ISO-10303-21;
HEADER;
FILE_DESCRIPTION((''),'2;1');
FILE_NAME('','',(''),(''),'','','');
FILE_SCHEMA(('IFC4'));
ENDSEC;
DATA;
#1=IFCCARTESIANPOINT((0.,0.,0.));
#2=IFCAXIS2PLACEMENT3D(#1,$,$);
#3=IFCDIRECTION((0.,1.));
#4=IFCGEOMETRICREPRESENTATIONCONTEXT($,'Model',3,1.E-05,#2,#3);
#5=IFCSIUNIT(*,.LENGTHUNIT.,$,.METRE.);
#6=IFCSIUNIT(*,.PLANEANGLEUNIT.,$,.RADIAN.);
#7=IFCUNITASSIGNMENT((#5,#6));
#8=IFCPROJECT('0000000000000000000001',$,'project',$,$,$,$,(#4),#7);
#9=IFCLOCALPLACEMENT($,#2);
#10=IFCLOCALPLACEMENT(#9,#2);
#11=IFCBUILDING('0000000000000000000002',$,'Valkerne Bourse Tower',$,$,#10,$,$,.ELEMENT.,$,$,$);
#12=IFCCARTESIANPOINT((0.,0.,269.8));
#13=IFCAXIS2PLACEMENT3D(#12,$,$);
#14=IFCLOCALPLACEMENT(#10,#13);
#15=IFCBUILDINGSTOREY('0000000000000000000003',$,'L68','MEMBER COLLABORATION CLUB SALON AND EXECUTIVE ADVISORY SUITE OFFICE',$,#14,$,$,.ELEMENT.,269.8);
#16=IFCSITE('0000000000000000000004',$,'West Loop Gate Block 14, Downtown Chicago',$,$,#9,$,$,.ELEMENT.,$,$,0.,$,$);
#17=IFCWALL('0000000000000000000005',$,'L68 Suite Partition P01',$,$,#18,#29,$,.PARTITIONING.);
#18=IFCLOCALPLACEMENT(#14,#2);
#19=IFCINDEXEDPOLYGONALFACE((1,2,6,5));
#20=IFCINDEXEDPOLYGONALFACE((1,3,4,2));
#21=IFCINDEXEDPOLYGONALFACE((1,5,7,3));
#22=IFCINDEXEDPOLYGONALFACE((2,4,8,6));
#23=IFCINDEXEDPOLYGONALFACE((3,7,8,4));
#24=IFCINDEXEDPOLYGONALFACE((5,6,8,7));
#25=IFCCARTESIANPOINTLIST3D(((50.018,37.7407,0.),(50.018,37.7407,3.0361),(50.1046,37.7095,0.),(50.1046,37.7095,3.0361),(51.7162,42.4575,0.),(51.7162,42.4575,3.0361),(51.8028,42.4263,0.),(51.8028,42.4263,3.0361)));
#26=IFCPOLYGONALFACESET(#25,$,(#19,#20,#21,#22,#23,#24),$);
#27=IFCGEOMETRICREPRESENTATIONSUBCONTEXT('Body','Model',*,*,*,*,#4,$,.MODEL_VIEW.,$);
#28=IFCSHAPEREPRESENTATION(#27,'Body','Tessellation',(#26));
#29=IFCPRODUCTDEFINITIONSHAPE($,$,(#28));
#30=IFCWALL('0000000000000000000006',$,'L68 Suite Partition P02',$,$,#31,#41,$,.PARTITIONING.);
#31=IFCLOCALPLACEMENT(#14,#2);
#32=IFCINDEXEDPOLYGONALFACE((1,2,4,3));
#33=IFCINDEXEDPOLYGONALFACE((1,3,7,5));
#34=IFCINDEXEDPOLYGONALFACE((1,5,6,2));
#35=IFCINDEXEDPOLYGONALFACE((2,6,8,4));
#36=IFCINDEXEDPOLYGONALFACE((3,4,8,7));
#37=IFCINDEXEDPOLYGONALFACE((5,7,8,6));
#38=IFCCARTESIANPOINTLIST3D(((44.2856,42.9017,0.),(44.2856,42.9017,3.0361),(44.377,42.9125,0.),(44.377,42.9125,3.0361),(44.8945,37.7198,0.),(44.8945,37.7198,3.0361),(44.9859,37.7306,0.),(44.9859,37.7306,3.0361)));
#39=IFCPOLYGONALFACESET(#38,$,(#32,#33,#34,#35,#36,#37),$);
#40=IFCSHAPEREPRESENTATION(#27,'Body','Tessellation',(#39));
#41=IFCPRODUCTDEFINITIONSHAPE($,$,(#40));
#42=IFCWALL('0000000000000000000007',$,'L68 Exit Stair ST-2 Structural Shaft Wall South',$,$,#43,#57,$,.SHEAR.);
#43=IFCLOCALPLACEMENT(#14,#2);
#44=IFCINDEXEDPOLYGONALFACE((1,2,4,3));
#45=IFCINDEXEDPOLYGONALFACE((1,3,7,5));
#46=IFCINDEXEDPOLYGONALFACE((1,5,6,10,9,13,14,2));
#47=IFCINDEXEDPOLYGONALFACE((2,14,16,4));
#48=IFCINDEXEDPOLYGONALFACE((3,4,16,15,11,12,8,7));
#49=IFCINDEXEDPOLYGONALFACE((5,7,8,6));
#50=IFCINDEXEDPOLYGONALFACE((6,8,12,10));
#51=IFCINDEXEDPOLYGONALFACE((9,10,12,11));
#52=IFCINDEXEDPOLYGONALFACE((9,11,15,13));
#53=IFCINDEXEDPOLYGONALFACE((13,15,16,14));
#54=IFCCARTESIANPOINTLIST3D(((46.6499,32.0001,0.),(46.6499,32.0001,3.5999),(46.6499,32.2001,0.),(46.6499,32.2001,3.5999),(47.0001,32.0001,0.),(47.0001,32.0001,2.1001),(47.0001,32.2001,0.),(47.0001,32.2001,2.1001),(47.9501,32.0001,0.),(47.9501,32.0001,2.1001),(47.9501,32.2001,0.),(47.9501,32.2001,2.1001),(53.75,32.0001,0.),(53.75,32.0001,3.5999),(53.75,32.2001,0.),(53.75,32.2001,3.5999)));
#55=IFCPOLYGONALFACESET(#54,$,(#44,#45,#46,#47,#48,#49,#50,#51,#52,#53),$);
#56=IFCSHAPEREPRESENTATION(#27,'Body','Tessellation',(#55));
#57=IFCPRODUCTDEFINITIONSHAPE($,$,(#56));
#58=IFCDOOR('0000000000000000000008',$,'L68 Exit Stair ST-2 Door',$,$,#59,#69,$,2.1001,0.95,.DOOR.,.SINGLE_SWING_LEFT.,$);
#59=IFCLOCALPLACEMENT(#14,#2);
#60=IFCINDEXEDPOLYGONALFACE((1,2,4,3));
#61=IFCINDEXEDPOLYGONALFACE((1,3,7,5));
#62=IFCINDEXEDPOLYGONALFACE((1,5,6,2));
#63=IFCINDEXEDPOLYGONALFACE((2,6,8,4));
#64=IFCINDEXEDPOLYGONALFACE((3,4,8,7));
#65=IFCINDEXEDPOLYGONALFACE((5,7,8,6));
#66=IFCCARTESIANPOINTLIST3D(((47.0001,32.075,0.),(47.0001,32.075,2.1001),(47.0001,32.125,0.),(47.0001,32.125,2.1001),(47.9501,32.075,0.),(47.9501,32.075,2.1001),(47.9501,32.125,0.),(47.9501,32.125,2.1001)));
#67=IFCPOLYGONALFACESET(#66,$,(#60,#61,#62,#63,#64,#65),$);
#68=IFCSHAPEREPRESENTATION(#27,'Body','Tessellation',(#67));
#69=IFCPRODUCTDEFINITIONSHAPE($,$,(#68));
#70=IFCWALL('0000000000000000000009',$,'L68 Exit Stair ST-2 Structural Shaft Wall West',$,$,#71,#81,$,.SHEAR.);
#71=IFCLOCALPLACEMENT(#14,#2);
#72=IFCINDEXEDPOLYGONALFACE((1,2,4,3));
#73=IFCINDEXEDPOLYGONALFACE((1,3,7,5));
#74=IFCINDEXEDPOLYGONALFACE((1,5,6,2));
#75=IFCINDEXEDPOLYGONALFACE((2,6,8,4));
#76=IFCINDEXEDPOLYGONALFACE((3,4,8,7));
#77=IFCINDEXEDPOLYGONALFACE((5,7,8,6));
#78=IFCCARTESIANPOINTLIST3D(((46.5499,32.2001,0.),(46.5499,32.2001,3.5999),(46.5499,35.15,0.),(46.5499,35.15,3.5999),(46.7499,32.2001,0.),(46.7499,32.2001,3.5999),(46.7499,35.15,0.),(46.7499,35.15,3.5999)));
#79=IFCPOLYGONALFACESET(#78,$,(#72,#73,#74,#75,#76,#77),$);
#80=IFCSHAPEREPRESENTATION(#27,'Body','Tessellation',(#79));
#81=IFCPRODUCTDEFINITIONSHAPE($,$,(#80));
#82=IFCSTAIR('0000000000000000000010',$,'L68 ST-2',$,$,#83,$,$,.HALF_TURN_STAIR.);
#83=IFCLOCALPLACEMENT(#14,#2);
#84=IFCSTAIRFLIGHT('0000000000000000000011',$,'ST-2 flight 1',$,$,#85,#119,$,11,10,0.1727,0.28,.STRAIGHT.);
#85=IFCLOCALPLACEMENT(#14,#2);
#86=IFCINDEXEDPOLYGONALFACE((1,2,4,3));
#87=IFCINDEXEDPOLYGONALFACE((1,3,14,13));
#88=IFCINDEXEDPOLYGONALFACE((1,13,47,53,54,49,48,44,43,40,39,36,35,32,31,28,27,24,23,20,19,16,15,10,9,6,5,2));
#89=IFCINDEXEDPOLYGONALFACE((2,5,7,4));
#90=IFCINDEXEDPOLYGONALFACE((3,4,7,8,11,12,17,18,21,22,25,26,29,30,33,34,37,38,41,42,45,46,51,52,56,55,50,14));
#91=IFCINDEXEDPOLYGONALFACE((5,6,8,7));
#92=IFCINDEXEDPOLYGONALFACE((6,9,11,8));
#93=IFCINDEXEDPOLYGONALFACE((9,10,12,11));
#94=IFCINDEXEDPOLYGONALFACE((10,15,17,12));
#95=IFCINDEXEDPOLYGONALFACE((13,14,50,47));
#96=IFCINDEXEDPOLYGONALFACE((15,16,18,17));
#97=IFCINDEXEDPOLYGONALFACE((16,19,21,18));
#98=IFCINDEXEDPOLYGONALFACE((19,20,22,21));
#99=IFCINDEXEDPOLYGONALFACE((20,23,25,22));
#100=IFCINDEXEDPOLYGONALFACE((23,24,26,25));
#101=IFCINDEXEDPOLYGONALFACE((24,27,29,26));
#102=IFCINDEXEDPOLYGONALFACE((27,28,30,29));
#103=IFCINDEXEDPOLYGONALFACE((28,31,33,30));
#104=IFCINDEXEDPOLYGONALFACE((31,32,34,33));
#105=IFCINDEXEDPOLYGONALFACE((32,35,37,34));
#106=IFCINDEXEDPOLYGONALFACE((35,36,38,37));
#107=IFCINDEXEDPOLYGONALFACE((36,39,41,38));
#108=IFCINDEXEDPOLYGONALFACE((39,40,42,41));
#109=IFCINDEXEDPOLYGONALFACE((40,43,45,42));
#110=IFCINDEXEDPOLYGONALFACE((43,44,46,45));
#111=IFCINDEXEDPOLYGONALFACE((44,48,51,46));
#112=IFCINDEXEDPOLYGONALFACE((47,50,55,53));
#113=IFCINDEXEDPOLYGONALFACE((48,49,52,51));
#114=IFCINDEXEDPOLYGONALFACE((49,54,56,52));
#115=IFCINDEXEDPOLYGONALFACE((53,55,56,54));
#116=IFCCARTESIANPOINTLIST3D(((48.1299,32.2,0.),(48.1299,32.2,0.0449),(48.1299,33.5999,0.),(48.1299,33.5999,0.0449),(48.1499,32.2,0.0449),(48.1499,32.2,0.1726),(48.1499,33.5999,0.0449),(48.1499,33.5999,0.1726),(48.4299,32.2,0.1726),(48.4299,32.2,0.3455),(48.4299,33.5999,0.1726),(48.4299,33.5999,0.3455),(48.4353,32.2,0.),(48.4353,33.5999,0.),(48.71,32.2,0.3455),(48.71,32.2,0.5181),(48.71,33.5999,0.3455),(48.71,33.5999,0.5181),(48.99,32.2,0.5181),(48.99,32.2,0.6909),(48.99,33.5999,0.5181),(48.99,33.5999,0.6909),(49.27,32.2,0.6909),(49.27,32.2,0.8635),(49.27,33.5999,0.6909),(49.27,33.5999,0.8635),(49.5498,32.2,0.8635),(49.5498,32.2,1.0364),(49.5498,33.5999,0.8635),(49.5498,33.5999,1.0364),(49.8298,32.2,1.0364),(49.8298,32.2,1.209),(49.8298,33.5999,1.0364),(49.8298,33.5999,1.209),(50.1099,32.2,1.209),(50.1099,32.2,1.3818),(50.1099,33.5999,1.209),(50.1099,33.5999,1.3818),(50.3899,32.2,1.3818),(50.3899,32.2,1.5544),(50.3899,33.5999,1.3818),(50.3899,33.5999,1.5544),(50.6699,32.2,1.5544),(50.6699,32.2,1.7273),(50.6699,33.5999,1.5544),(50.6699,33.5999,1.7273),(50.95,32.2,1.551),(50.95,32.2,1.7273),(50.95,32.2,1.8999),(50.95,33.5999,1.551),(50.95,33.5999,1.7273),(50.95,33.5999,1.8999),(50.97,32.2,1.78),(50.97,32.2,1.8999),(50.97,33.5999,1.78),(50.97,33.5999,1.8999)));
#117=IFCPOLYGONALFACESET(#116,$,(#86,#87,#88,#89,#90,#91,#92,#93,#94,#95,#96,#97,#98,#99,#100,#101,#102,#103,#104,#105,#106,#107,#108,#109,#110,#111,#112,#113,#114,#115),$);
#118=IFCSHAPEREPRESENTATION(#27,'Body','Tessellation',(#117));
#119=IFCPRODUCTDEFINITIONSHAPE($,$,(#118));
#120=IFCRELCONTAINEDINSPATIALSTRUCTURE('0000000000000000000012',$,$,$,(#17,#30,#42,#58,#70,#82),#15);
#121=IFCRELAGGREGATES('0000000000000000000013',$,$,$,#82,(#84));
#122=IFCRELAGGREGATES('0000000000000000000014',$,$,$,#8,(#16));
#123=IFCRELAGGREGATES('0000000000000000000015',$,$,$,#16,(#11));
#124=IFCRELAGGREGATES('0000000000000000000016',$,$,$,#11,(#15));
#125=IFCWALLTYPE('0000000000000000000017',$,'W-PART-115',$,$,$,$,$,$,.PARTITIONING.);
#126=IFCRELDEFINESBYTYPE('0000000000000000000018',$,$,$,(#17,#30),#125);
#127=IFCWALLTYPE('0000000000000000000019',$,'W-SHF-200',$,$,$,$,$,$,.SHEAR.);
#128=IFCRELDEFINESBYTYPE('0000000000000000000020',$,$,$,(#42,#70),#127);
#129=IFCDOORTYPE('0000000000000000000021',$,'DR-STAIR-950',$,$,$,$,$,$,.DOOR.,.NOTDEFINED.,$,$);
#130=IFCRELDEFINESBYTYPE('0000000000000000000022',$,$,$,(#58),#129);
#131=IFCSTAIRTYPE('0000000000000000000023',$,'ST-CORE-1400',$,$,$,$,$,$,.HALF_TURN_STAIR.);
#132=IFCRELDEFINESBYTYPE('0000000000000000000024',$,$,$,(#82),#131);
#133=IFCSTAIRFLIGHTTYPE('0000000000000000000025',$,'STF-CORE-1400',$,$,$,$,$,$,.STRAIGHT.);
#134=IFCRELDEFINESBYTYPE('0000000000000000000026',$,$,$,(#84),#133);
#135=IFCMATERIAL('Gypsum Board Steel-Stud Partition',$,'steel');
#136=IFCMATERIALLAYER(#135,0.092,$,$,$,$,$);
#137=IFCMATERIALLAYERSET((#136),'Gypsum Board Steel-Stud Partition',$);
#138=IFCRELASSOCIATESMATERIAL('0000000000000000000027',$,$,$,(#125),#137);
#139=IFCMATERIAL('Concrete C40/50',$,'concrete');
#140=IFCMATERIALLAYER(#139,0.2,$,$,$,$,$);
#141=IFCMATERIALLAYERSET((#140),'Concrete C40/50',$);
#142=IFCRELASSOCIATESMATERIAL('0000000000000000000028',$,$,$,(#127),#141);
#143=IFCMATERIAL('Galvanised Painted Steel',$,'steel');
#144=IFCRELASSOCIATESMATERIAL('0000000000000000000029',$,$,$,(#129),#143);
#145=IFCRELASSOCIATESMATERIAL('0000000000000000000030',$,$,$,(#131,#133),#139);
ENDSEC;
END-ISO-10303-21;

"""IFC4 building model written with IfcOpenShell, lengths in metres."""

from ifc_helpers import new_model, si_unit, direction, frame, frame_2d, origin, place, context, subcontext, project, spatial, polyline, rectangle, outline, extrude, material, layer, layer_set, type_object, element, fill, aggregate, save


model = new_model("IFC4")

# Units and contexts
model_context = context("Model", 3, precision=1e-05, world=origin(), true_north=direction((0.0, 1.0)))
body_context = subcontext(model_context, "Body", "Model", "MODEL_VIEW")
ifc_project = project(units=[si_unit("LENGTHUNIT", "METRE"), si_unit("PLANEANGLEUNIT", "RADIAN")], contexts=[model_context])

# Site, building, storey
site_placement = place(None, origin())
site = spatial("IfcSite", under=ifc_project, at=site_placement, Name="West Loop Gate Block 14, Downtown Chicago", CompositionType="ELEMENT", RefElevation=0.0)
building_placement = place(site_placement, origin())
building = spatial("IfcBuilding", under=site, at=building_placement, Name="Valkerne Bourse Tower", CompositionType="ELEMENT")
storey_placement = place(building_placement, frame((0.0, 0.0, 269.8)))
storey = spatial("IfcBuildingStorey", under=building, at=storey_placement, Name="L68", Description="MEMBER COLLABORATION CLUB SALON AND EXECUTIVE ADVISORY SUITE OFFICE", CompositionType="ELEMENT", Elevation=269.8)

# Shared definitions
ifc_material_1 = material(Name="Gypsum Board Steel-Stud Partition", Category="steel")
ifc_material_2 = material(Name="Galvanised Painted Steel", Category="steel")

# Walls
ifc_layer_1 = layer(ifc_material_1, 0.092)
ifc_layer_set_1 = layer_set([ifc_layer_1], Name="Gypsum Board Steel-Stud Partition")
wall_type_1 = type_object("IfcWallType", Name="W-PART-115", PredefinedType="PARTITIONING", material=ifc_layer_set_1)
wall_1_placement = place(storey_placement, frame((50.0613, 37.7251, 0.0), z_axis=(0.0, 0.0, 1.0), x_axis=(0.338754, 0.940875, 0.0)))
element("IfcWall", 1, at=wall_1_placement, inside=storey, type_object=wall_type_1, Name="L68 Suite Partition P01", PredefinedType="PARTITIONING", context=body_context, shape_type="SweptSolid", body=[
    extrude(rectangle(XDim=5.0132, YDim=0.092, at=frame_2d((2.5066, 0.0))), origin(), (0.0, 0.0, 1.0), 3.0361),
])
wall_2_placement = place(storey_placement, frame((44.9402, 37.7251, 0.0), z_axis=(0.0, 0.0, 1.0), x_axis=(-0.1167, 0.993167, 0.0)))
element("IfcWall", 2, at=wall_2_placement, inside=storey, type_object=wall_type_1, Name="L68 Suite Partition P02", PredefinedType="PARTITIONING", context=body_context, shape_type="SweptSolid", body=[
    extrude(rectangle(XDim=5.2175, YDim=0.092, at=frame_2d((2.6089, 0.0))), origin(), (0.0, 0.0, 1.0), 3.0361),
])

# Wall, opening, door
ifc_material_3 = material(Name="Concrete C40/50", Category="concrete")
ifc_layer_2 = layer(ifc_material_3, 0.2)
ifc_layer_set_2 = layer_set([ifc_layer_2], Name="Concrete C40/50")
wall_type_2 = type_object("IfcWallType", Name="W-SHF-200", PredefinedType="SHEAR", material=ifc_layer_set_2)
wall_3_placement = place(storey_placement, frame((46.6499, 32.1001, 0.0), z_axis=(0.0, 0.0, 1.0), x_axis=(1.0, 0.0, 0.0)))
wall_3 = element("IfcWall", 3, at=wall_3_placement, inside=storey, type_object=wall_type_2, Name="L68 Exit Stair ST-2 Structural Shaft Wall South", PredefinedType="SHEAR", context=body_context, shape_type="SweptSolid", body=[
    extrude(rectangle(XDim=7.1001, YDim=0.2, at=frame_2d((3.55, 0.0))), origin(), (0.0, 0.0, 1.0), 3.5999),
])
opening_1_placement = place(wall_3_placement, frame((0.3501, 0.0, 0.0)))
opening_1 = element("IfcOpeningElement", 4, at=opening_1_placement, cuts=wall_3, PredefinedType="OPENING", context=body_context, shape_type="SweptSolid", body=[
    extrude(rectangle(XDim=0.95, YDim=2.1001, at=frame_2d((0.4751, 1.05))), frame((0.0, 0.1099, 0.0), z_axis=(0.0, -1.0, 0.0), x_axis=(1.0, 0.0, 0.0)), (0.0, 0.0, 1.0), 0.22),
])
door_type_1 = type_object("IfcDoorType", Name="DR-STAIR-950", OperationType="NOTDEFINED", PredefinedType="DOOR", material=ifc_material_2)
door_1_placement = place(opening_1_placement, origin())
door_1 = element("IfcDoor", 5, at=door_1_placement, inside=storey, type_object=door_type_1, Name="L68 Exit Stair ST-2 Door", OperationType="SINGLE_SWING_LEFT", OverallHeight=2.1001, OverallWidth=0.95, PredefinedType="DOOR", context=body_context, shape_type="SweptSolid", body=[
    extrude(rectangle(XDim=0.95, YDim=2.1001, at=frame_2d((0.4751, 1.05))), frame((0.0, 0.0249, 0.0), z_axis=(0.0, -1.0, 0.0), x_axis=(1.0, 0.0, 0.0)), (0.0, 0.0, 1.0), 0.05),
])
fill(opening_1, door_1)

# Wall
wall_4_placement = place(storey_placement, frame((46.6499, 32.2, 0.0), z_axis=(0.0, 0.0, 1.0), x_axis=(0.0, 1.0, 0.0)))
element("IfcWall", 6, at=wall_4_placement, inside=storey, type_object=wall_type_2, Name="L68 Exit Stair ST-2 Structural Shaft Wall West", PredefinedType="SHEAR", context=body_context, shape_type="SweptSolid", body=[
    extrude(rectangle(XDim=2.95, YDim=0.2, at=frame_2d((1.4751, 0.0))), origin(), (0.0, 0.0, 1.0), 3.5999),
])

# Stair, stair flight
stair_type = type_object("IfcStairType", Name="ST-CORE-1400", PredefinedType="HALF_TURN_STAIR", material=ifc_material_3)
stair_placement = place(storey_placement, origin())
stair = element("IfcStair", 7, at=stair_placement, inside=storey, type_object=stair_type, Name="L68 ST-2", PredefinedType="HALF_TURN_STAIR")
stair_flight_type = type_object("IfcStairFlightType", Name="STF-CORE-1400", PredefinedType="STRAIGHT", material=ifc_material_3)
stair_flight_placement = place(storey_placement, frame((48.1499, 32.8999, 0.0), z_axis=(0.0, 0.0, 1.0), x_axis=(1.0, 0.0, 0.0)))
stair_flight = element("IfcStairFlight", 8, at=stair_flight_placement, type_object=stair_flight_type, Name="ST-2 flight 1", NumberOfRisers=11, NumberOfTreads=10, PredefinedType="STRAIGHT", RiserHeight=0.1727, TreadLength=0.28, context=body_context, shape_type="SweptSolid", body=[
    extrude(outline(polyline([(-0.02, 0.0), (-0.02, 0.0449), (0.0, 0.0449), (0.0, 0.1726), (0.28, 0.1726), (0.28, 0.3455), (0.5601, 0.3455), (0.5601, 0.5181), (0.8401, 0.5181), (0.8401, 0.6909), (1.1201, 0.6909), (1.1201, 0.8635), (1.3999, 0.8635), (1.3999, 1.0364), (1.6799, 1.0364), (1.6799, 1.209), (1.96, 1.209), (1.96, 1.3818), (2.24, 1.3818), (2.24, 1.5544), (2.52, 1.5544), (2.52, 1.7273), (2.8, 1.7273), (2.8, 1.8999), (2.8201, 1.8999), (2.8201, 1.78), (2.8, 1.551), (0.2854, 0.0), (-0.02, 0.0)])), frame((0.0, 0.7, 0.0), z_axis=(0.0, -1.0, 0.0), x_axis=(1.0, 0.0, 0.0)), (0.0, 0.0, 1.0), 1.3999),
])
aggregate(stair, [stair_flight])

save(model, "model.ifc")
